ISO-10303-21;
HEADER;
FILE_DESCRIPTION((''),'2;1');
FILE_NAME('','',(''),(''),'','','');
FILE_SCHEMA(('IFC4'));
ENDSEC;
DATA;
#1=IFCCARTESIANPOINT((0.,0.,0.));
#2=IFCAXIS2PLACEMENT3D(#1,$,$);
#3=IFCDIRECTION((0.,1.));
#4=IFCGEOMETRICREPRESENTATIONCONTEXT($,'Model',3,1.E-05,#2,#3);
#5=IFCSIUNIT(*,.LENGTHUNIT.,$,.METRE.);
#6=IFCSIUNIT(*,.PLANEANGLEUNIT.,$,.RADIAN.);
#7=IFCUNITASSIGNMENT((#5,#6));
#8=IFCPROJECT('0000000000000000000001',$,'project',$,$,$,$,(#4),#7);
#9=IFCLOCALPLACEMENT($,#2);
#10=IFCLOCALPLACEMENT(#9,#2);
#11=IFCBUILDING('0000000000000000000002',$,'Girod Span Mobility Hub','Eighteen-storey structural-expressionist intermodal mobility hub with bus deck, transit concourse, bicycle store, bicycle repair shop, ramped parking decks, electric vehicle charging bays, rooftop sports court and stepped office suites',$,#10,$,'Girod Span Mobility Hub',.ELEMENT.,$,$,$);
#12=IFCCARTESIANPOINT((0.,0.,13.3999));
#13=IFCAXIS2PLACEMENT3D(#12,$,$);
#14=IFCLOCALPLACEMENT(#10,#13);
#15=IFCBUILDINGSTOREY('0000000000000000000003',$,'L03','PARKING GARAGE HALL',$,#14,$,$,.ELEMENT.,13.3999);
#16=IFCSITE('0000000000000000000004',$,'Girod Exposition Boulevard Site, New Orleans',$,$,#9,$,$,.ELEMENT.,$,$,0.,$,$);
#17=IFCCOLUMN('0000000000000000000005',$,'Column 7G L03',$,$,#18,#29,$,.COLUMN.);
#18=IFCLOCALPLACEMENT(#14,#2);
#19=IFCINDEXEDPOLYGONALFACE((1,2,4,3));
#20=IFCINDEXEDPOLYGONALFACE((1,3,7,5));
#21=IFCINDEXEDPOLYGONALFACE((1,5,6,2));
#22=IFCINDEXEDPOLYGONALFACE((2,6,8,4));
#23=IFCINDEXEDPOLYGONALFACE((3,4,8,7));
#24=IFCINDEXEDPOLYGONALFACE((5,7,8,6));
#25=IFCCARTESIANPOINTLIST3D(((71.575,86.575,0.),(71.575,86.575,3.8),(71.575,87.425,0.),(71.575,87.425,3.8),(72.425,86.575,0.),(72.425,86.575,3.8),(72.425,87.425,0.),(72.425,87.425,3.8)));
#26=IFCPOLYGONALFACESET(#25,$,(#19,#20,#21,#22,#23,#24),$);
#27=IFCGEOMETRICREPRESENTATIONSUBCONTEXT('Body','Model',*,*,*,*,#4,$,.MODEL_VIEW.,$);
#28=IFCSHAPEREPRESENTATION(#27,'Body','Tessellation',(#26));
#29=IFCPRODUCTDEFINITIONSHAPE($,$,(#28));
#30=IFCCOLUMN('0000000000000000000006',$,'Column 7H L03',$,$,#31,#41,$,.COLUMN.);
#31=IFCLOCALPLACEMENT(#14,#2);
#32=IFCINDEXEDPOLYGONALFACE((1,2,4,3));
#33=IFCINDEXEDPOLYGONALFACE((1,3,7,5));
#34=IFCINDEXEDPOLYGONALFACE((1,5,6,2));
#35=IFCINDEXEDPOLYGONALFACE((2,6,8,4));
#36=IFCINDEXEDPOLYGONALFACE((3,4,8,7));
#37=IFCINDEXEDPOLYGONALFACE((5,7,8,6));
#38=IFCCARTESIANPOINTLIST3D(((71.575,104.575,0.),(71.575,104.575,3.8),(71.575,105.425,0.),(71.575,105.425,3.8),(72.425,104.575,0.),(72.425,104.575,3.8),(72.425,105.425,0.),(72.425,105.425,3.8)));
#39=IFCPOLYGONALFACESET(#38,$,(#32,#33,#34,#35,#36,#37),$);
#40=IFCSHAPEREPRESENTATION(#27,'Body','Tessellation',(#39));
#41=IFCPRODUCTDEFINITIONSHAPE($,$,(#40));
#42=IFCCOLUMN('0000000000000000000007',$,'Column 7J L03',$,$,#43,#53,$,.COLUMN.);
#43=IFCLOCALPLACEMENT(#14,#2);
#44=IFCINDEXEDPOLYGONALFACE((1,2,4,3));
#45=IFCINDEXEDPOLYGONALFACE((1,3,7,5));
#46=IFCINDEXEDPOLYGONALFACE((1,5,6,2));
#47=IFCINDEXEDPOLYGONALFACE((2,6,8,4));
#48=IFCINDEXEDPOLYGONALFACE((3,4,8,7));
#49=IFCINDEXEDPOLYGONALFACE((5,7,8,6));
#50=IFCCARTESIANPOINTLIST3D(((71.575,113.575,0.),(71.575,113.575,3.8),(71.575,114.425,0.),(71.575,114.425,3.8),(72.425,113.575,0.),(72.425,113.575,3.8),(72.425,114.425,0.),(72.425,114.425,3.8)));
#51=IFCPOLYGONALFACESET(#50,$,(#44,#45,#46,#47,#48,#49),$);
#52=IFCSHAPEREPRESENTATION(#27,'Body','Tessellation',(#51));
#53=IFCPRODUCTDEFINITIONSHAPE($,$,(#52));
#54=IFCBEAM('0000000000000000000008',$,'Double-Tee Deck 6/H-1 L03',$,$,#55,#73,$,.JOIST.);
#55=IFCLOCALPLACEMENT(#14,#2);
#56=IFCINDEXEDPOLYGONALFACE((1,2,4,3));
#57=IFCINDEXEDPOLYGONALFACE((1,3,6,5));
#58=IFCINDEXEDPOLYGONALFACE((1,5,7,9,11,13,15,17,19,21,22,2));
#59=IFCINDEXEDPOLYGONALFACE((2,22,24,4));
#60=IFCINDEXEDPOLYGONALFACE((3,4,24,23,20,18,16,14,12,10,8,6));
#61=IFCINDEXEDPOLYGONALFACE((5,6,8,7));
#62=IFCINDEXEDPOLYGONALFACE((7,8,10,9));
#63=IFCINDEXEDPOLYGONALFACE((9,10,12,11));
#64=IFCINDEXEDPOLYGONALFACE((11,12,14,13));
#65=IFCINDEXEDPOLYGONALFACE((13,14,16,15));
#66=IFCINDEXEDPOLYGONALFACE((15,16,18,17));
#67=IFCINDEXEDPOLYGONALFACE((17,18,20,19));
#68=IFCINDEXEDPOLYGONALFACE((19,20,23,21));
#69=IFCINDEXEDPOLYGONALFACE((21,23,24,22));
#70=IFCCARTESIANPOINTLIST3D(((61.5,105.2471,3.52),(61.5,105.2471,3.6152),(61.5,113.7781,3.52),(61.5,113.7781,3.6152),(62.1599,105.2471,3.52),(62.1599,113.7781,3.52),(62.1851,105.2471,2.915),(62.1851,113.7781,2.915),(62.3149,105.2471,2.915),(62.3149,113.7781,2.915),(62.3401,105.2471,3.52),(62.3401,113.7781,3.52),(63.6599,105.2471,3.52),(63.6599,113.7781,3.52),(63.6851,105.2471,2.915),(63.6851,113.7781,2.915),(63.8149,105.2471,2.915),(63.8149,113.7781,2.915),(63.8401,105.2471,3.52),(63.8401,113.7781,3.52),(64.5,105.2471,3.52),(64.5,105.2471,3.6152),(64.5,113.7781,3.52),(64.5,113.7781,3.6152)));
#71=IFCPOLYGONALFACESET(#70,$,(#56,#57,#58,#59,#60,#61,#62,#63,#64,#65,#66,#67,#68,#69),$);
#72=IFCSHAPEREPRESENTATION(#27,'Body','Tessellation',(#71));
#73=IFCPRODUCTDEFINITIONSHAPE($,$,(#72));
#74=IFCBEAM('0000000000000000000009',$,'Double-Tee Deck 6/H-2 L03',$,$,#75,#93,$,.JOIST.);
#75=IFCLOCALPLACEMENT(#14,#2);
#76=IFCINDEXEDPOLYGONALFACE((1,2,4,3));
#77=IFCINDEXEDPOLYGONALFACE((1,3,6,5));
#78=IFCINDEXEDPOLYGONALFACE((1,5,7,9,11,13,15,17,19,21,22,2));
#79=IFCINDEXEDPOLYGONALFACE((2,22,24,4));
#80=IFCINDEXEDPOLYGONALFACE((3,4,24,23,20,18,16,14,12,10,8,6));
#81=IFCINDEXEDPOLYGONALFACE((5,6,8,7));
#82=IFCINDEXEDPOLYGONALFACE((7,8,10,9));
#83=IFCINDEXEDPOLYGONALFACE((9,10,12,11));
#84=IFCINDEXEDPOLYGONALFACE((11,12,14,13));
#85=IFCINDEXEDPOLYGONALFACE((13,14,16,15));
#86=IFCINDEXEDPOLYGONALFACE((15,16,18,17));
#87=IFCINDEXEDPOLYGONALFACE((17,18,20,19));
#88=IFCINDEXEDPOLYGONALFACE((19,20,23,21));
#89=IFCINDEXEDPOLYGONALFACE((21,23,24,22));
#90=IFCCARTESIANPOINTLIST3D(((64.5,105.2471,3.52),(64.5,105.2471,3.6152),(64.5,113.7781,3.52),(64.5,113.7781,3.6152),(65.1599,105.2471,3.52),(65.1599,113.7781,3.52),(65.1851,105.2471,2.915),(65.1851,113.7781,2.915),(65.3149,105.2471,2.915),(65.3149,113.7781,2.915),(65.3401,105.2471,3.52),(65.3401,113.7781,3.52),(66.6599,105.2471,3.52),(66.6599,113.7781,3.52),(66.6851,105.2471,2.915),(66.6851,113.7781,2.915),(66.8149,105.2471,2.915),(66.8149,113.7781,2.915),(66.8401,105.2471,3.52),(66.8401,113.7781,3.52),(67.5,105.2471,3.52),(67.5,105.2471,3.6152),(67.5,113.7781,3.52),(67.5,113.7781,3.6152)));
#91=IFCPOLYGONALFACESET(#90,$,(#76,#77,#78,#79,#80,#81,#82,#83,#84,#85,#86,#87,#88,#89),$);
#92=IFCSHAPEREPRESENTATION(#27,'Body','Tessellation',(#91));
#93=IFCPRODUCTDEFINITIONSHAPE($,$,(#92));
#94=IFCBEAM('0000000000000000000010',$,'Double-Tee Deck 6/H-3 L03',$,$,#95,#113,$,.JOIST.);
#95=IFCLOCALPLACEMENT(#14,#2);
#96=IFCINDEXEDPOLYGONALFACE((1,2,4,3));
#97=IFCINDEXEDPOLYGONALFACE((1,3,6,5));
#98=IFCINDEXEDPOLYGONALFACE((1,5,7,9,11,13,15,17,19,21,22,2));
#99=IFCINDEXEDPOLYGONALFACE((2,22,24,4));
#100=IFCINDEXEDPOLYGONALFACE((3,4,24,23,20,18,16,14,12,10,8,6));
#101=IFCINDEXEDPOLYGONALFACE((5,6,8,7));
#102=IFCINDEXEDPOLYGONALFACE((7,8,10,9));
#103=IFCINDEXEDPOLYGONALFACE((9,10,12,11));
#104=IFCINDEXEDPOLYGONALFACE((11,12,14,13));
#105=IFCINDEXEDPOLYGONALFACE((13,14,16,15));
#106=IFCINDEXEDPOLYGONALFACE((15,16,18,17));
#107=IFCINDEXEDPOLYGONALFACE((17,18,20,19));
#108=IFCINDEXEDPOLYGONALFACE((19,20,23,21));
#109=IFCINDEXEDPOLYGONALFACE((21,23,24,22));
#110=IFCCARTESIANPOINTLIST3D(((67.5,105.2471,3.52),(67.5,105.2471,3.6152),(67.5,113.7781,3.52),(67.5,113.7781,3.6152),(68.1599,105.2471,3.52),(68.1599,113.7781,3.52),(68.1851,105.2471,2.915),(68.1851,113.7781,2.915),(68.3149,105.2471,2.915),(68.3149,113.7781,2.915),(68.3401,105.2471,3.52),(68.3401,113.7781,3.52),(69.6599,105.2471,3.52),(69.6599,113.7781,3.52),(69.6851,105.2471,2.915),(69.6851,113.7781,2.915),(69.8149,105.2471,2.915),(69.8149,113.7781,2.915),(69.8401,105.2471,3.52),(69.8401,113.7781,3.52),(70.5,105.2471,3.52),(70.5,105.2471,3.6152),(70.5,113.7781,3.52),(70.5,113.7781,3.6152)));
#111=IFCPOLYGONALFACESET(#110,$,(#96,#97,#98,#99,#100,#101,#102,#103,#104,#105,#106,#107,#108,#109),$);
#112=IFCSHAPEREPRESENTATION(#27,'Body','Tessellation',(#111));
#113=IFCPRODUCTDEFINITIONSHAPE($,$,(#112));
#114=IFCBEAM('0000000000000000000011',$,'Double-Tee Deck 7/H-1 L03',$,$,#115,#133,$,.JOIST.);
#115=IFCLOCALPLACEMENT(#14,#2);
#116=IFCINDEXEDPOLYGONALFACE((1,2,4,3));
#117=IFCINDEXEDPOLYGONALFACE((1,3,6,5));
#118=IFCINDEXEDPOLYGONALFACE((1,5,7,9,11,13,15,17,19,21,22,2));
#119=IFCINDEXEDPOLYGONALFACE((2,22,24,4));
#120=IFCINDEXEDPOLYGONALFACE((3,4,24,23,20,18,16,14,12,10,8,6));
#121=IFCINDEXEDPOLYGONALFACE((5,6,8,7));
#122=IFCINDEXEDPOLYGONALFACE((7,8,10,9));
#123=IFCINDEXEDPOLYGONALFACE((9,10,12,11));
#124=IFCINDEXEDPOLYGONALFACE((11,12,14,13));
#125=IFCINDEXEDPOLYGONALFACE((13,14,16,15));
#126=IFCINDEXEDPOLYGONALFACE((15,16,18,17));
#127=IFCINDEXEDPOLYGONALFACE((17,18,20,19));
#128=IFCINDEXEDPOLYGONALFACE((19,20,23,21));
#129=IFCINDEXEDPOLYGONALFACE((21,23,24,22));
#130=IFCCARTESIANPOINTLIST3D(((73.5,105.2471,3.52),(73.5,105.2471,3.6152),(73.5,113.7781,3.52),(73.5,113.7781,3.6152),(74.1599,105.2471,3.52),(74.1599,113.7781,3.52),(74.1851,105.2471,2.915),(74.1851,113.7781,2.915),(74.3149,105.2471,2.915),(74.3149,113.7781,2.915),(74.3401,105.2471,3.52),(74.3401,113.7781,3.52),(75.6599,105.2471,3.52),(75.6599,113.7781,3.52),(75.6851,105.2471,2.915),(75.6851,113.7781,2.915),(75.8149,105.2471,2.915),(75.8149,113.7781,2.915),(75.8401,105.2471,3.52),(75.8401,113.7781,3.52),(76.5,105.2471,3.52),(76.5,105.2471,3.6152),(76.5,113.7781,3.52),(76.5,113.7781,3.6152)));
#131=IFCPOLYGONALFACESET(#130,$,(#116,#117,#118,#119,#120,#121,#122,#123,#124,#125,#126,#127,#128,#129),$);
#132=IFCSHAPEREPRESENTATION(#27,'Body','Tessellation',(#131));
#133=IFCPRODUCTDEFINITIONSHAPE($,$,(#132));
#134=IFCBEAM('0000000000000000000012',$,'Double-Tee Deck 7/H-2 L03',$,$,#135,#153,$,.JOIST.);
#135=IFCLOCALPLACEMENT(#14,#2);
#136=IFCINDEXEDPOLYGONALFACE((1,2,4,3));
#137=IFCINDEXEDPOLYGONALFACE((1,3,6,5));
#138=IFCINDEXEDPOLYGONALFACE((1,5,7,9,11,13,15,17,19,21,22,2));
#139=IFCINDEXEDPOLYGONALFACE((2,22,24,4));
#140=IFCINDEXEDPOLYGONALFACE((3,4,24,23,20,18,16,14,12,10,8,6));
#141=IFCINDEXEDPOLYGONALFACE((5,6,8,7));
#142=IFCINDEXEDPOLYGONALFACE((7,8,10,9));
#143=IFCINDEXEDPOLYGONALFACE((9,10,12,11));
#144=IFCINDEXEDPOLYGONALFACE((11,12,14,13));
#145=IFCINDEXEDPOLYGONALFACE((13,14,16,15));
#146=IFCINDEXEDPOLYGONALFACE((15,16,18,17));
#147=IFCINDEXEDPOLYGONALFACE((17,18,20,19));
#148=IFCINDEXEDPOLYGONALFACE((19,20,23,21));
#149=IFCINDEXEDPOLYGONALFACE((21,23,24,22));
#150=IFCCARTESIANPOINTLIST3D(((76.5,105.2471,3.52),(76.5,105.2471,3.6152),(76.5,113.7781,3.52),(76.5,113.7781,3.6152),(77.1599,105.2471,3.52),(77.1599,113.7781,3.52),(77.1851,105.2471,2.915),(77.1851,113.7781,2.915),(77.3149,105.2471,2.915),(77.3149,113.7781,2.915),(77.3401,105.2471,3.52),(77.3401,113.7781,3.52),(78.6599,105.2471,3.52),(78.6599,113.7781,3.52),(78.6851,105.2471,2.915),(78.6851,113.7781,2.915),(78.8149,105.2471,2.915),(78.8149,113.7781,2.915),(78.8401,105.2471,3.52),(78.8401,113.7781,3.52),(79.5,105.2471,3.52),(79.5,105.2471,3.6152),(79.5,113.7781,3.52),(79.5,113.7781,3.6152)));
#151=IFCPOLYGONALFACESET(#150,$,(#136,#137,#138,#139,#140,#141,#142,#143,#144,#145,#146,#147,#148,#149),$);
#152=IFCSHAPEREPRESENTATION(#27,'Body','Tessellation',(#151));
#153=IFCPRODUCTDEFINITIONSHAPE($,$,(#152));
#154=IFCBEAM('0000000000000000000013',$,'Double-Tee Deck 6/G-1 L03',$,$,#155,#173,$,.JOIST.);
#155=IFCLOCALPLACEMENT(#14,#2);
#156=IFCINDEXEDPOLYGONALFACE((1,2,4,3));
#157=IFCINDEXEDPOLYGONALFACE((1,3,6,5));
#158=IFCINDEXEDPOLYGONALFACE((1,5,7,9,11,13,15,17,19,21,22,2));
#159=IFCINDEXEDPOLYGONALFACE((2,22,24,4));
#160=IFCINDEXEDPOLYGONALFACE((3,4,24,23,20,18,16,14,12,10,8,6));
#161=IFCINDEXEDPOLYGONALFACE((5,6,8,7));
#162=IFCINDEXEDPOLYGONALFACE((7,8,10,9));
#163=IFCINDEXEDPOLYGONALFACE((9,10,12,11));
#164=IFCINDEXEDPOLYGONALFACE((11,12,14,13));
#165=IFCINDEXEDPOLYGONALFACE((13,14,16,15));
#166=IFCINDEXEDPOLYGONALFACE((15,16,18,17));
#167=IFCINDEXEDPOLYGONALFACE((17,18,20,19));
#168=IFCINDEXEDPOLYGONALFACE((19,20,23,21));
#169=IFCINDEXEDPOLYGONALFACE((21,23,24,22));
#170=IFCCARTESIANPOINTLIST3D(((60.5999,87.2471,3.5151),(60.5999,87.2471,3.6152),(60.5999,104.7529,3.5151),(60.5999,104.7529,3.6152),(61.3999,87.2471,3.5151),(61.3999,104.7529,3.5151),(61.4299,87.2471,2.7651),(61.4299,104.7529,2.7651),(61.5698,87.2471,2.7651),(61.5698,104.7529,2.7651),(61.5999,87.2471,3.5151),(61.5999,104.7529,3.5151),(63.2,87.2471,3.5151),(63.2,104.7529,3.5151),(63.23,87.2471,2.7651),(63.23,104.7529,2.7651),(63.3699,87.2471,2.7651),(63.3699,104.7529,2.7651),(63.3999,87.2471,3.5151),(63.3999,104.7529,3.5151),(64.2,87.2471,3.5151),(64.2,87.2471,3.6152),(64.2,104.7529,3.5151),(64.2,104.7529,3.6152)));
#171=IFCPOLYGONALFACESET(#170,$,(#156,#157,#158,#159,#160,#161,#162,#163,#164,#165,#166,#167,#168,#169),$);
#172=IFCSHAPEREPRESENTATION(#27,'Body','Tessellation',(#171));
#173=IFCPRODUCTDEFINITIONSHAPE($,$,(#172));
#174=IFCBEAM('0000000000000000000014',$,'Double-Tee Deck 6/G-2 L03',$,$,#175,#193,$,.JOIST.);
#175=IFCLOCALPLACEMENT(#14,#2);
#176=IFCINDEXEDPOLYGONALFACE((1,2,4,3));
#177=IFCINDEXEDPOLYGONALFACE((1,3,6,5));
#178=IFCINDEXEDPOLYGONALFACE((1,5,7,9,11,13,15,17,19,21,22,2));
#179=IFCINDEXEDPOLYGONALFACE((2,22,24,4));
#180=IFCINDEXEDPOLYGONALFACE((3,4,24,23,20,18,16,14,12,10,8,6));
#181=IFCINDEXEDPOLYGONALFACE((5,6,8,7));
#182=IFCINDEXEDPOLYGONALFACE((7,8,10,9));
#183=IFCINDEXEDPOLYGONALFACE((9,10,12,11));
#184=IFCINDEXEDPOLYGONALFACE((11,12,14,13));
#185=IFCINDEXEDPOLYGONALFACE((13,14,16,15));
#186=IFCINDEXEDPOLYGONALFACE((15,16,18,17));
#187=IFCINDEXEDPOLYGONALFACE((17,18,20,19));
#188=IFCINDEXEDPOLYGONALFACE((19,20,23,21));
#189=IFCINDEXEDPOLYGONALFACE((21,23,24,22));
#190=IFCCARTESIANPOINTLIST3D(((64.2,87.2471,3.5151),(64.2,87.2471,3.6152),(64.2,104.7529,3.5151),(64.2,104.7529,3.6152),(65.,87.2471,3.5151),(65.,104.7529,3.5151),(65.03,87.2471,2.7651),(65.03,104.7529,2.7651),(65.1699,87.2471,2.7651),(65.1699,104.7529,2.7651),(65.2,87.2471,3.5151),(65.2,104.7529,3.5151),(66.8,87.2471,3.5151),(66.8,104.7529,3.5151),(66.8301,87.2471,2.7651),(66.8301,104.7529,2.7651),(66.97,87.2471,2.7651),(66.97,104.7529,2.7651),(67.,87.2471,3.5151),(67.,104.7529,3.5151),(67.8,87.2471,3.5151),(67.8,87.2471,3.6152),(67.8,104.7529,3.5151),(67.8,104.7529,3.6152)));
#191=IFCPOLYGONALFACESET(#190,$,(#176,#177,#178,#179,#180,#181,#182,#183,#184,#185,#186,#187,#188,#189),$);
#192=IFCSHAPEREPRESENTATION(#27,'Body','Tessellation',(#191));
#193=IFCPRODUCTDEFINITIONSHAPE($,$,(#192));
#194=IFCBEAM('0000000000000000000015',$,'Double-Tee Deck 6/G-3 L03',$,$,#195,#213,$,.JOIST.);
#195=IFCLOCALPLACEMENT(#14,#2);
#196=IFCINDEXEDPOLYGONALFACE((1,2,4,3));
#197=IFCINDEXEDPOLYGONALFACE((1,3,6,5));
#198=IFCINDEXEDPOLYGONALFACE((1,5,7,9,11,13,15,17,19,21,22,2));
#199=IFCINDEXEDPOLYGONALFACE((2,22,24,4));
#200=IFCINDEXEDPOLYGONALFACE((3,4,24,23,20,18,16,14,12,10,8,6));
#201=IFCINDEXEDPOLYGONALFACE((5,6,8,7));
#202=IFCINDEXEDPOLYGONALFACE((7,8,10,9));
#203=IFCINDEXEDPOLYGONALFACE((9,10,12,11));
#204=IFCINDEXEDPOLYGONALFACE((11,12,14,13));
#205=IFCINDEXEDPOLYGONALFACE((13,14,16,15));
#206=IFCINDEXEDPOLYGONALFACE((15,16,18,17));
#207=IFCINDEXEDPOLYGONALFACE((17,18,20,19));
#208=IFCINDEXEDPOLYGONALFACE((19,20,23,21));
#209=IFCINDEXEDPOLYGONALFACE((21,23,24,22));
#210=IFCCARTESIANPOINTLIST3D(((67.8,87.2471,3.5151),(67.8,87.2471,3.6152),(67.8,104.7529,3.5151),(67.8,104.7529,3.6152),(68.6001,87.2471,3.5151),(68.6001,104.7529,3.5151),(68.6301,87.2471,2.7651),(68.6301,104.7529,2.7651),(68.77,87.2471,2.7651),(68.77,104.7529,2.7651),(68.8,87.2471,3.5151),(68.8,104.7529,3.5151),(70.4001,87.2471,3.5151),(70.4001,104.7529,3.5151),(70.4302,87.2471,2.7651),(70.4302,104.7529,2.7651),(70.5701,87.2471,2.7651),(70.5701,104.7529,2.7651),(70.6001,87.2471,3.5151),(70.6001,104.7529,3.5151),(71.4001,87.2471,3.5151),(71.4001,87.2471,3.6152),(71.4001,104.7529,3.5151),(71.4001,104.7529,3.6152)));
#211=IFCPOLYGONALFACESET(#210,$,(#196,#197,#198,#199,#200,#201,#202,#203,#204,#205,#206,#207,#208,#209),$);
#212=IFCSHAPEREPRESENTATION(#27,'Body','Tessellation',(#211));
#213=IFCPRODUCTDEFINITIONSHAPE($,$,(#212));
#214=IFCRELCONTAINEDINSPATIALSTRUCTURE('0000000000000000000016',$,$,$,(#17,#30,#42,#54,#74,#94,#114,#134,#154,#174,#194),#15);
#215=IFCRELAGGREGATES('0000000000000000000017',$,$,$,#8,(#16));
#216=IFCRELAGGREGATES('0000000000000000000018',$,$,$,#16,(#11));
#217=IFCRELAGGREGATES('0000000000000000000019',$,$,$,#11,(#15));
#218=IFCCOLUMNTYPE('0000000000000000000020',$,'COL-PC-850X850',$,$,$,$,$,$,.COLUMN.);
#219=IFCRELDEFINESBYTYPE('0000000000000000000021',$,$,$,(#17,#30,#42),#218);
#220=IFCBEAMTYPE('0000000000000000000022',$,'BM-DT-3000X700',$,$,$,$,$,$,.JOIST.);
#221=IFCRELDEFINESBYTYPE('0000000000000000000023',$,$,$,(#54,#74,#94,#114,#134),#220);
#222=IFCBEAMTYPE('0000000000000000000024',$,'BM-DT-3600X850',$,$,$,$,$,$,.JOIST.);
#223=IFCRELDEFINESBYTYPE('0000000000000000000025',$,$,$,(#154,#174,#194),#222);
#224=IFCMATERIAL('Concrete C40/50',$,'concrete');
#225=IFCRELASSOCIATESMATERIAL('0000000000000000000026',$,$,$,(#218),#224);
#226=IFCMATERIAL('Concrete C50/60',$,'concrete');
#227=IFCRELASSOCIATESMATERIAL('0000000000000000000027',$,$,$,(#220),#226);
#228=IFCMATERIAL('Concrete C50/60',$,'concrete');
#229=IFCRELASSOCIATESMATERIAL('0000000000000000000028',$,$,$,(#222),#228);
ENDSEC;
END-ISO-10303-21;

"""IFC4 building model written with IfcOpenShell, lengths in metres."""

from ifc_helpers import new_model, si_unit, direction, frame, origin, origin_2d, place, context, subcontext, project, spatial, polyline, rectangle, outline, extrude, material, material_profile, profile_set, type_object, element, save


model = new_model("IFC4")

# Units and contexts
model_context = context("Model", 3, precision=1e-05, world=origin(), true_north=direction((0.0, 1.0)))
body_context = subcontext(model_context, "Body", "Model", "MODEL_VIEW")
ifc_project = project(units=[si_unit("LENGTHUNIT", "METRE"), si_unit("PLANEANGLEUNIT", "RADIAN")], contexts=[model_context])

# Site, building, storey
site_placement = place(None, origin())
site = spatial("IfcSite", under=ifc_project, at=site_placement, Name="Girod Exposition Boulevard Site, New Orleans", CompositionType="ELEMENT", RefElevation=0.0)
building_placement = place(site_placement, origin())
building = spatial("IfcBuilding", under=site, at=building_placement, Name="Girod Span Mobility Hub", Description="Eighteen-storey structural-expressionist intermodal mobility hub with bus deck, transit concourse, bicycle store, bicycle repair shop, ramped parking decks, electric vehicle charging bays, rooftop sports court and stepped office suites", LongName="Girod Span Mobility Hub", CompositionType="ELEMENT")
storey_placement = place(building_placement, frame((0.0, 0.0, 13.3999)))
storey = spatial("IfcBuildingStorey", under=building, at=storey_placement, Name="L03", Description="PARKING GARAGE HALL", CompositionType="ELEMENT", Elevation=13.3999)

# Columns
ifc_material_1 = material(Name="Concrete C40/50", Category="concrete")
ifc_material_profile_1 = material_profile(ifc_material_1, rectangle(XDim=0.8501, YDim=0.8501, at=origin_2d()), Name="PC-COL-850X850")
ifc_profile_set_1 = profile_set([ifc_material_profile_1], Name="Concrete C40/50")
column_type = type_object("IfcColumnType", Name="COL-PC-850X850", PredefinedType="COLUMN", material=ifc_profile_set_1)
for number, where, z_axis, x_axis, name in (
    (1, (72.0, 87.0, 0.0), (0.0, 0.0, 1.0), (1.0, 0.0, 0.0), "Column 7G L03"),
    (2, (72.0, 105.0, 0.0), (0.0, 0.0, 1.0), (1.0, 0.0, 0.0), "Column 7H L03"),
    (3, (72.0, 114.0, 0.0), (0.0, 0.0, 1.0), (1.0, 0.0, 0.0), "Column 7J L03"),
):
    element("IfcColumn", number, at=place(storey_placement, frame(where, z_axis=z_axis, x_axis=x_axis)), inside=storey, type_object=column_type, Name=name, PredefinedType="COLUMN", context=body_context, shape_type="SweptSolid", body=[
        extrude(rectangle(XDim=0.8501, YDim=0.8501, at=origin_2d()), origin(), (0.0, 0.0, 1.0), 3.8),
    ])

# Beams
ifc_material_2 = material(Name="Concrete C50/60", Category="concrete")
ifc_material_profile_2 = material_profile(ifc_material_2, outline(polyline([(-1.5, 0.3501), (-1.5, 0.2549), (-0.8401, 0.2549), (-0.8149, -0.3501), (-0.6851, -0.3501), (-0.6599, 0.2549), (0.6599, 0.2549), (0.6851, -0.3501), (0.8149, -0.3501), (0.8401, 0.2549), (1.5, 0.2549), (1.5, 0.3501), (-1.5, 0.3501)])), Name="DT-3000X700")
ifc_profile_set_2 = profile_set([ifc_material_profile_2], Name="Concrete C50/60")
beam_type_1 = type_object("IfcBeamType", Name="BM-DT-3000X700", PredefinedType="JOIST", material=ifc_profile_set_2)
for number, where, z_axis, x_axis, name in (
    (4, (63.0, 105.2471, 3.2651), (0.0, 1.0, 0.0), (-1.0, 0.0, 0.0), "Double-Tee Deck 6/H-1 L03"),
    (5, (66.0, 105.2471, 3.2651), (0.0, 1.0, 0.0), (-1.0, 0.0, 0.0), "Double-Tee Deck 6/H-2 L03"),
    (6, (69.0, 105.2471, 3.2651), (0.0, 1.0, 0.0), (-1.0, 0.0, 0.0), "Double-Tee Deck 6/H-3 L03"),
    (7, (75.0, 105.2471, 3.2651), (0.0, 1.0, 0.0), (-1.0, 0.0, 0.0), "Double-Tee Deck 7/H-1 L03"),
    (8, (78.0, 105.2471, 3.2651), (0.0, 1.0, 0.0), (-1.0, 0.0, 0.0), "Double-Tee Deck 7/H-2 L03"),
):
    element("IfcBeam", number, at=place(storey_placement, frame(where, z_axis=z_axis, x_axis=x_axis)), inside=storey, type_object=beam_type_1, Name=name, PredefinedType="JOIST", context=body_context, shape_type="SweptSolid", body=[
        extrude(outline(polyline([(-1.5, 0.3501), (-1.5, 0.2549), (-0.8401, 0.2549), (-0.8149, -0.3501), (-0.6851, -0.3501), (-0.6599, 0.2549), (0.6599, 0.2549), (0.6851, -0.3501), (0.8149, -0.3501), (0.8401, 0.2549), (1.5, 0.2549), (1.5, 0.3501), (-1.5, 0.3501)])), origin(), (0.0, 0.0, 1.0), 8.531),
    ])
ifc_material_3 = material(Name="Concrete C50/60", Category="concrete")
ifc_material_profile_3 = material_profile(ifc_material_3, outline(polyline([(-1.8, 0.425), (-1.8, 0.325), (-1.0, 0.325), (-0.97, -0.425), (-0.8301, -0.425), (-0.8, 0.325), (0.8, 0.325), (0.8301, -0.425), (0.97, -0.425), (1.0, 0.325), (1.8, 0.325), (1.8, 0.425), (-1.8, 0.425)])), Name="DT-3600X850")
ifc_profile_set_3 = profile_set([ifc_material_profile_3], Name="Concrete C50/60")
beam_type_2 = type_object("IfcBeamType", Name="BM-DT-3600X850", PredefinedType="JOIST", material=ifc_profile_set_3)
for number, where, z_axis, x_axis, name in (
    (9, (62.3999, 87.2471, 3.1902), (0.0, 1.0, 0.0), (-1.0, 0.0, 0.0), "Double-Tee Deck 6/G-1 L03"),
    (10, (66.0, 87.2471, 3.1902), (0.0, 1.0, 0.0), (-1.0, 0.0, 0.0), "Double-Tee Deck 6/G-2 L03"),
    (11, (69.6001, 87.2471, 3.1902), (0.0, 1.0, 0.0), (-1.0, 0.0, 0.0), "Double-Tee Deck 6/G-3 L03"),
):
    element("IfcBeam", number, at=place(storey_placement, frame(where, z_axis=z_axis, x_axis=x_axis)), inside=storey, type_object=beam_type_2, Name=name, PredefinedType="JOIST", context=body_context, shape_type="SweptSolid", body=[
        extrude(outline(polyline([(-1.8, 0.425), (-1.8, 0.325), (-1.0, 0.325), (-0.97, -0.425), (-0.8301, -0.425), (-0.8, 0.325), (0.8, 0.325), (0.8301, -0.425), (0.97, -0.425), (1.0, 0.325), (1.8, 0.325), (1.8, 0.425), (-1.8, 0.425)])), origin(), (0.0, 0.0, 1.0), 17.5059),
    ])

save(model, "model.ifc")
